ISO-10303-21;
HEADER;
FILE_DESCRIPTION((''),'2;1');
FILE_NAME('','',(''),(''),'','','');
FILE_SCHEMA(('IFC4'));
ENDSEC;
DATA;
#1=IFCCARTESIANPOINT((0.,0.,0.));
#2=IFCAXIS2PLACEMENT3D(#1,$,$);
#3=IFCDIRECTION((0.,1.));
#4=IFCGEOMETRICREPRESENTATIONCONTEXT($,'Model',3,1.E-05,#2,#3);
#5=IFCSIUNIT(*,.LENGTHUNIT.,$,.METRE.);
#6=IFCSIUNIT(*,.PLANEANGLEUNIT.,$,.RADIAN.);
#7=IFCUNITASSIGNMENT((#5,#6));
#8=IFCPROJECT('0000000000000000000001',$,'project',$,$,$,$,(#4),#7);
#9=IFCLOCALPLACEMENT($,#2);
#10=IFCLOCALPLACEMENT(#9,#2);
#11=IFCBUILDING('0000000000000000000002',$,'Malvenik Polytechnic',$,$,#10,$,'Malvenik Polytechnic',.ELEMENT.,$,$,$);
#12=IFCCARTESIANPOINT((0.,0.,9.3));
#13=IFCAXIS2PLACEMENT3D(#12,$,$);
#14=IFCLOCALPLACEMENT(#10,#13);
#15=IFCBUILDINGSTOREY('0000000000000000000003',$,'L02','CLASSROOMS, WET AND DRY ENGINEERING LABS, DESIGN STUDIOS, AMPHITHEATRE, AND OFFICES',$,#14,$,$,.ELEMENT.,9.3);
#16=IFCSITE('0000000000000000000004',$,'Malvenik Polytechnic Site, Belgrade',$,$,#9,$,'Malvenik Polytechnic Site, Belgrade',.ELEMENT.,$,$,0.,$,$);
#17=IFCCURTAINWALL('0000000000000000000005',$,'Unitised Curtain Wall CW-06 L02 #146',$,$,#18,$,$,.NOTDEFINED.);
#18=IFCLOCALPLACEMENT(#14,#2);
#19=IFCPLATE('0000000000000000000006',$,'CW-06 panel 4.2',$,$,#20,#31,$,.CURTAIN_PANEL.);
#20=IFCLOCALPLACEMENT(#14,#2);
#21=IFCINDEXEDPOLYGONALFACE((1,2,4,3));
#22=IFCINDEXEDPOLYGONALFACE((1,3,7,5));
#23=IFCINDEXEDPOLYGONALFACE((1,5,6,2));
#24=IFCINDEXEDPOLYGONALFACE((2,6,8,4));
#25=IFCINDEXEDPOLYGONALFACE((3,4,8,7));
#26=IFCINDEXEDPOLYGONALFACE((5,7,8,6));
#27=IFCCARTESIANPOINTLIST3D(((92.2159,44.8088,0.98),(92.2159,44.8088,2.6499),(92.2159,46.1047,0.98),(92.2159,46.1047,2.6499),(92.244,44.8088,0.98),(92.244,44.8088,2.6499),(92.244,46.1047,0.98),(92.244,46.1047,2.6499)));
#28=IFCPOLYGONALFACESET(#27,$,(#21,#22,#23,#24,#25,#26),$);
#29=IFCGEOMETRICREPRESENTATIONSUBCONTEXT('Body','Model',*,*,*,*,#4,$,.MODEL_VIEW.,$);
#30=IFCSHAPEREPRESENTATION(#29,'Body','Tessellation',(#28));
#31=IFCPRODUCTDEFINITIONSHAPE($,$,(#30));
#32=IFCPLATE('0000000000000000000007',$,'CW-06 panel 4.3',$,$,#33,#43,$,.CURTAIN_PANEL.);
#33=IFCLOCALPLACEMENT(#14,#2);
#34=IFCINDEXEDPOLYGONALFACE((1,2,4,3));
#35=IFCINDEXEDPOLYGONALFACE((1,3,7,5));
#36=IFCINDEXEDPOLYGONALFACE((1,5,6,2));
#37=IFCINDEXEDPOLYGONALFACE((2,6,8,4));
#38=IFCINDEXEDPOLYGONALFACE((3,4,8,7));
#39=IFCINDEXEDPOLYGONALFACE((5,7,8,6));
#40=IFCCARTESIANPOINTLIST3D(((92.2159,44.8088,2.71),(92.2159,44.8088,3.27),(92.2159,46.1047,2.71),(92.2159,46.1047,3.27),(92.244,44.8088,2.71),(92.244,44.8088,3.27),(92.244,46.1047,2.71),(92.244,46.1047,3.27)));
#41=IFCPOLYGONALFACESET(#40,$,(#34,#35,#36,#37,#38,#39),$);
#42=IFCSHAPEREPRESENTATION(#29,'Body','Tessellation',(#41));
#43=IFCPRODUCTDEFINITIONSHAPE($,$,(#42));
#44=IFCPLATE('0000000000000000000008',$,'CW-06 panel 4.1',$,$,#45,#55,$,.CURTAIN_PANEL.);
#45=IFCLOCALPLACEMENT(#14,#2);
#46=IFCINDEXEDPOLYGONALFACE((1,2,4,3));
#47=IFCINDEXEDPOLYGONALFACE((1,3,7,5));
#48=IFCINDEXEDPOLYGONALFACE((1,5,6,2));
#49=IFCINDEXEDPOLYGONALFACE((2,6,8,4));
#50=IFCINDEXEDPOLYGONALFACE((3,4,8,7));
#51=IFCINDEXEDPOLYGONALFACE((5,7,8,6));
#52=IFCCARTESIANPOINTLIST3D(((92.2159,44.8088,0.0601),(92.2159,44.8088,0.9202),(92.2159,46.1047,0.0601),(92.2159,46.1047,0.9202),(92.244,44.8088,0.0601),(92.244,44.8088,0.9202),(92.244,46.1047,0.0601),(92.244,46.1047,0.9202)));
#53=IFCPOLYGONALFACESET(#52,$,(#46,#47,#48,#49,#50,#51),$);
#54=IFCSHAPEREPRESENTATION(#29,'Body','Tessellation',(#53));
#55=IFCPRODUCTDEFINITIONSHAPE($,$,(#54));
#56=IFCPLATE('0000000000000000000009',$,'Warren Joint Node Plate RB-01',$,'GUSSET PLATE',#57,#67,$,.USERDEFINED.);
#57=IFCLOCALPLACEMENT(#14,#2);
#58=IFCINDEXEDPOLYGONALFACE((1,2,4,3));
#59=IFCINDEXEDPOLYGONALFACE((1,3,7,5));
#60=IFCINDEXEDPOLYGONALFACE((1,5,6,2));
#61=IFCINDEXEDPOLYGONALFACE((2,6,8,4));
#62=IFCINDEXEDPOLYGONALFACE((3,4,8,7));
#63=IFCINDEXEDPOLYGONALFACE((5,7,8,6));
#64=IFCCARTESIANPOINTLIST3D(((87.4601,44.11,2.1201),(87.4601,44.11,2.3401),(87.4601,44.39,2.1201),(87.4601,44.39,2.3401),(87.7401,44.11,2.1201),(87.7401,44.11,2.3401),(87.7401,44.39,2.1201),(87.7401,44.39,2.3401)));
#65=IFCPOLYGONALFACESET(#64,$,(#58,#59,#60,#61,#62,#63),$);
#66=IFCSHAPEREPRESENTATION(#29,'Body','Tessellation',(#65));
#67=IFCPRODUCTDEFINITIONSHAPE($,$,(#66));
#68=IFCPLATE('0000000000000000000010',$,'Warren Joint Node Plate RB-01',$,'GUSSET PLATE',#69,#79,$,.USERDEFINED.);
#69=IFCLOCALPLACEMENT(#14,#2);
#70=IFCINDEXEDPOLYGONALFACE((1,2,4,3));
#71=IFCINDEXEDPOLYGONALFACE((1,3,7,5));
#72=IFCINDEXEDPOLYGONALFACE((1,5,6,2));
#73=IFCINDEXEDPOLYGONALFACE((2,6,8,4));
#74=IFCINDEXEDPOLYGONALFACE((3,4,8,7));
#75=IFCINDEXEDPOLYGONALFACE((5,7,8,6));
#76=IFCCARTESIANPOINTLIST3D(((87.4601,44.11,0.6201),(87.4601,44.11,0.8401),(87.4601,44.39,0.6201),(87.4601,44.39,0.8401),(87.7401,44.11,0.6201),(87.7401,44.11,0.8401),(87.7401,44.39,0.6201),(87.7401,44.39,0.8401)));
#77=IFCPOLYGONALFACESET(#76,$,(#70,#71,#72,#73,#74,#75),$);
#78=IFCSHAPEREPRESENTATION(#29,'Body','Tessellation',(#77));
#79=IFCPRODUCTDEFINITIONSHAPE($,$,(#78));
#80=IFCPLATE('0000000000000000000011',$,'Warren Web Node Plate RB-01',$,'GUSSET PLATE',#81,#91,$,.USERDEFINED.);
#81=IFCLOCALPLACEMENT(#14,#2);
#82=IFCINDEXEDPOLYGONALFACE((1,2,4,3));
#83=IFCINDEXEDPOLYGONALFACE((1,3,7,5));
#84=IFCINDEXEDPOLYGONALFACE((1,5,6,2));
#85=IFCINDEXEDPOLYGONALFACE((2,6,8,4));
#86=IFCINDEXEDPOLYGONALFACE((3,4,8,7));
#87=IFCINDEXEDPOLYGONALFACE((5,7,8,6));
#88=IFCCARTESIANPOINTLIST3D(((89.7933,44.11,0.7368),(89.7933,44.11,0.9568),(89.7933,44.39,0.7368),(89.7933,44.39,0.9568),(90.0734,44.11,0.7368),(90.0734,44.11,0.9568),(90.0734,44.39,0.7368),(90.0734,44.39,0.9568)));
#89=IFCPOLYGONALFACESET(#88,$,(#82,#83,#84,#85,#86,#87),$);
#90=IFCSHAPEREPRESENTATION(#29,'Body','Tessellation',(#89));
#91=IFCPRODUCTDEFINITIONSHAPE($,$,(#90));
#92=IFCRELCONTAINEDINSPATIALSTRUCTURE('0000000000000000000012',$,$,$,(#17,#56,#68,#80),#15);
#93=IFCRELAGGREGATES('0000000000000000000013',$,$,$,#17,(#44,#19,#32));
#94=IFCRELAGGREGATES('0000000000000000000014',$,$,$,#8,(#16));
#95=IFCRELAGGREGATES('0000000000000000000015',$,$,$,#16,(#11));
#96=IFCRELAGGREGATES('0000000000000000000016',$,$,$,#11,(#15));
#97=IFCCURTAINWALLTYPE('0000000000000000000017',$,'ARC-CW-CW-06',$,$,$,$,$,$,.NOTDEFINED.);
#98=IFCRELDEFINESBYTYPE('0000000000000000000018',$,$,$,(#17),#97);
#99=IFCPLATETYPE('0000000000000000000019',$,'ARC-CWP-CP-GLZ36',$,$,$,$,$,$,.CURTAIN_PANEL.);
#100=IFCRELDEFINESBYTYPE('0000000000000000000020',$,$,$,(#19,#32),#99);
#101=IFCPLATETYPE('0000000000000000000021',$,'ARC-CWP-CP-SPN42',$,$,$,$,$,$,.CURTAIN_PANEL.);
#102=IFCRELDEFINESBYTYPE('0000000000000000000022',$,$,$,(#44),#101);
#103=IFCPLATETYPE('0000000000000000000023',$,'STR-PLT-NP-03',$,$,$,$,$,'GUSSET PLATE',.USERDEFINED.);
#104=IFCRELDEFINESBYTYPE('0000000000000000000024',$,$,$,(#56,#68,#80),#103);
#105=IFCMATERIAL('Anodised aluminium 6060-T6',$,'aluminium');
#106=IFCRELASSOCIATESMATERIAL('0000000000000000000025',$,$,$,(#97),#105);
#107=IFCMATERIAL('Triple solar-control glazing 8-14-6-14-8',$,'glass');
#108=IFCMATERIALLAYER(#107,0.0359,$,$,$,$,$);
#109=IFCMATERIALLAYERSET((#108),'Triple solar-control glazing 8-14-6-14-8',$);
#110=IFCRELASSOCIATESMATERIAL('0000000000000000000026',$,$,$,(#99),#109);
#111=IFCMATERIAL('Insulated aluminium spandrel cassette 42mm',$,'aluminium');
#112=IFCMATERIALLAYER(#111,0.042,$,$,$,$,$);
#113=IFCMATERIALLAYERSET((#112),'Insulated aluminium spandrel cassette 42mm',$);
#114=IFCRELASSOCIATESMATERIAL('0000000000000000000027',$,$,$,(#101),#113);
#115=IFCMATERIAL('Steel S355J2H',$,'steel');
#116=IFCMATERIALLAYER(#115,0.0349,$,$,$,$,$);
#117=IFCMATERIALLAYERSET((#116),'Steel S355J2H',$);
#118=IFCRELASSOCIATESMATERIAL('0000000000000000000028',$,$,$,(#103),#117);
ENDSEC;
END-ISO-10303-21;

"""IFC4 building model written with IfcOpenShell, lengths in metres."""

from ifc_helpers import new_model, si_unit, direction, frame, origin, origin_2d, place, context, subcontext, project, spatial, rectangle, extrude, material, layer, layer_set, type_object, element, aggregate, save


model = new_model("IFC4")

# Units and contexts
model_context = context("Model", 3, precision=1e-05, world=origin(), true_north=direction((0.0, 1.0)))
body_context = subcontext(model_context, "Body", "Model", "MODEL_VIEW")
ifc_project = project(units=[si_unit("LENGTHUNIT", "METRE"), si_unit("PLANEANGLEUNIT", "RADIAN")], contexts=[model_context])

# Site, building, storey
site_placement = place(None, origin())
site = spatial("IfcSite", under=ifc_project, at=site_placement, Name="Malvenik Polytechnic Site, Belgrade", LongName="Malvenik Polytechnic Site, Belgrade", CompositionType="ELEMENT", RefElevation=0.0)
building_placement = place(site_placement, origin())
building = spatial("IfcBuilding", under=site, at=building_placement, Name="Malvenik Polytechnic", LongName="Malvenik Polytechnic", CompositionType="ELEMENT")
storey_placement = place(building_placement, frame((0.0, 0.0, 9.3)))
storey = spatial("IfcBuildingStorey", under=building, at=storey_placement, Name="L02", Description="CLASSROOMS, WET AND DRY ENGINEERING LABS, DESIGN STUDIOS, AMPHITHEATRE, AND OFFICES", CompositionType="ELEMENT", Elevation=9.3)

# Curtain wall
ifc_material_1 = material(Name="Anodised aluminium 6060-T6", Category="aluminium")
curtain_wall_type = type_object("IfcCurtainWallType", Name="ARC-CW-CW-06", PredefinedType="NOTDEFINED", material=ifc_material_1)
curtain_wall_placement = place(storey_placement, origin())
curtain_wall = element("IfcCurtainWall", 1, at=curtain_wall_placement, inside=storey, type_object=curtain_wall_type, Name="Unitised Curtain Wall CW-06 L02 #146", PredefinedType="NOTDEFINED")

# Shared definitions
ifc_material_2 = material(Name="Steel S355J2H", Category="steel")

# Plates
ifc_material_3 = material(Name="Triple solar-control glazing 8-14-6-14-8", Category="glass")
ifc_layer_1 = layer(ifc_material_3, 0.0359)
ifc_layer_set_1 = layer_set([ifc_layer_1], Name="Triple solar-control glazing 8-14-6-14-8")
plate_type_1 = type_object("IfcPlateType", Name="ARC-CWP-CP-GLZ36", PredefinedType="CURTAIN_PANEL", material=ifc_layer_set_1)
plate_1_placement = place(storey_placement, frame((92.23, 45.4568, 0.98), z_axis=(0.0, 0.0, 1.0), x_axis=(0.0, -1.0, 0.0)))
plate_1 = element("IfcPlate", 2, at=plate_1_placement, type_object=plate_type_1, Name="CW-06 panel 4.2", PredefinedType="CURTAIN_PANEL", context=body_context, shape_type="SweptSolid", body=[
    extrude(rectangle(XDim=1.2959, YDim=0.0281, at=origin_2d()), origin(), (0.0, 0.0, 1.0), 1.6699),
])
plate_2_placement = place(storey_placement, frame((92.23, 45.4568, 2.71), z_axis=(0.0, 0.0, 1.0), x_axis=(0.0, -1.0, 0.0)))
plate_2 = element("IfcPlate", 3, at=plate_2_placement, type_object=plate_type_1, Name="CW-06 panel 4.3", PredefinedType="CURTAIN_PANEL", context=body_context, shape_type="SweptSolid", body=[
    extrude(rectangle(XDim=1.2959, YDim=0.0281, at=origin_2d()), origin(), (0.0, 0.0, 1.0), 0.5601),
])
ifc_material_4 = material(Name="Insulated aluminium spandrel cassette 42mm", Category="aluminium")
ifc_layer_2 = layer(ifc_material_4, 0.042)
ifc_layer_set_2 = layer_set([ifc_layer_2], Name="Insulated aluminium spandrel cassette 42mm")
plate_type_2 = type_object("IfcPlateType", Name="ARC-CWP-CP-SPN42", PredefinedType="CURTAIN_PANEL", material=ifc_layer_set_2)
plate_3_placement = place(storey_placement, frame((92.23, 45.4568, 0.0601), z_axis=(0.0, 0.0, 1.0), x_axis=(0.0, -1.0, 0.0)))
plate_3 = element("IfcPlate", 4, at=plate_3_placement, type_object=plate_type_2, Name="CW-06 panel 4.1", PredefinedType="CURTAIN_PANEL", context=body_context, shape_type="SweptSolid", body=[
    extrude(rectangle(XDim=1.2959, YDim=0.0281, at=origin_2d()), origin(), (0.0, 0.0, 1.0), 0.8601),
])
aggregate(curtain_wall, [plate_3, plate_1, plate_2])

# Plates
ifc_layer_3 = layer(ifc_material_2, 0.0349)
ifc_layer_set_3 = layer_set([ifc_layer_3], Name="Steel S355J2H")
plate_type_3 = type_object("IfcPlateType", Name="STR-PLT-NP-03", ElementType="GUSSET PLATE", PredefinedType="USERDEFINED", material=ifc_layer_set_3)
for number, where, z_axis, x_axis, name in (
    (5, (87.6001, 44.25, 2.1201), (0.0, 0.0, 1.0), (1.0, 0.0, 0.0), "Warren Joint Node Plate RB-01"),
    (6, (87.6001, 44.25, 0.6201), (0.0, 0.0, 1.0), (1.0, 0.0, 0.0), "Warren Joint Node Plate RB-01"),
    (7, (89.9333, 44.25, 0.7368), (0.0, 0.0, 1.0), (1.0, 0.0, 0.0), "Warren Web Node Plate RB-01"),
):
    element("IfcPlate", number, at=place(storey_placement, frame(where, z_axis=z_axis, x_axis=x_axis)), inside=storey, type_object=plate_type_3, Name=name, ObjectType="GUSSET PLATE", PredefinedType="USERDEFINED", context=body_context, shape_type="SweptSolid", body=[
        extrude(rectangle(XDim=0.28, YDim=0.28, at=origin_2d()), origin(), (0.0, 0.0, 1.0), 0.22),
    ])

save(model, "model.ifc")
